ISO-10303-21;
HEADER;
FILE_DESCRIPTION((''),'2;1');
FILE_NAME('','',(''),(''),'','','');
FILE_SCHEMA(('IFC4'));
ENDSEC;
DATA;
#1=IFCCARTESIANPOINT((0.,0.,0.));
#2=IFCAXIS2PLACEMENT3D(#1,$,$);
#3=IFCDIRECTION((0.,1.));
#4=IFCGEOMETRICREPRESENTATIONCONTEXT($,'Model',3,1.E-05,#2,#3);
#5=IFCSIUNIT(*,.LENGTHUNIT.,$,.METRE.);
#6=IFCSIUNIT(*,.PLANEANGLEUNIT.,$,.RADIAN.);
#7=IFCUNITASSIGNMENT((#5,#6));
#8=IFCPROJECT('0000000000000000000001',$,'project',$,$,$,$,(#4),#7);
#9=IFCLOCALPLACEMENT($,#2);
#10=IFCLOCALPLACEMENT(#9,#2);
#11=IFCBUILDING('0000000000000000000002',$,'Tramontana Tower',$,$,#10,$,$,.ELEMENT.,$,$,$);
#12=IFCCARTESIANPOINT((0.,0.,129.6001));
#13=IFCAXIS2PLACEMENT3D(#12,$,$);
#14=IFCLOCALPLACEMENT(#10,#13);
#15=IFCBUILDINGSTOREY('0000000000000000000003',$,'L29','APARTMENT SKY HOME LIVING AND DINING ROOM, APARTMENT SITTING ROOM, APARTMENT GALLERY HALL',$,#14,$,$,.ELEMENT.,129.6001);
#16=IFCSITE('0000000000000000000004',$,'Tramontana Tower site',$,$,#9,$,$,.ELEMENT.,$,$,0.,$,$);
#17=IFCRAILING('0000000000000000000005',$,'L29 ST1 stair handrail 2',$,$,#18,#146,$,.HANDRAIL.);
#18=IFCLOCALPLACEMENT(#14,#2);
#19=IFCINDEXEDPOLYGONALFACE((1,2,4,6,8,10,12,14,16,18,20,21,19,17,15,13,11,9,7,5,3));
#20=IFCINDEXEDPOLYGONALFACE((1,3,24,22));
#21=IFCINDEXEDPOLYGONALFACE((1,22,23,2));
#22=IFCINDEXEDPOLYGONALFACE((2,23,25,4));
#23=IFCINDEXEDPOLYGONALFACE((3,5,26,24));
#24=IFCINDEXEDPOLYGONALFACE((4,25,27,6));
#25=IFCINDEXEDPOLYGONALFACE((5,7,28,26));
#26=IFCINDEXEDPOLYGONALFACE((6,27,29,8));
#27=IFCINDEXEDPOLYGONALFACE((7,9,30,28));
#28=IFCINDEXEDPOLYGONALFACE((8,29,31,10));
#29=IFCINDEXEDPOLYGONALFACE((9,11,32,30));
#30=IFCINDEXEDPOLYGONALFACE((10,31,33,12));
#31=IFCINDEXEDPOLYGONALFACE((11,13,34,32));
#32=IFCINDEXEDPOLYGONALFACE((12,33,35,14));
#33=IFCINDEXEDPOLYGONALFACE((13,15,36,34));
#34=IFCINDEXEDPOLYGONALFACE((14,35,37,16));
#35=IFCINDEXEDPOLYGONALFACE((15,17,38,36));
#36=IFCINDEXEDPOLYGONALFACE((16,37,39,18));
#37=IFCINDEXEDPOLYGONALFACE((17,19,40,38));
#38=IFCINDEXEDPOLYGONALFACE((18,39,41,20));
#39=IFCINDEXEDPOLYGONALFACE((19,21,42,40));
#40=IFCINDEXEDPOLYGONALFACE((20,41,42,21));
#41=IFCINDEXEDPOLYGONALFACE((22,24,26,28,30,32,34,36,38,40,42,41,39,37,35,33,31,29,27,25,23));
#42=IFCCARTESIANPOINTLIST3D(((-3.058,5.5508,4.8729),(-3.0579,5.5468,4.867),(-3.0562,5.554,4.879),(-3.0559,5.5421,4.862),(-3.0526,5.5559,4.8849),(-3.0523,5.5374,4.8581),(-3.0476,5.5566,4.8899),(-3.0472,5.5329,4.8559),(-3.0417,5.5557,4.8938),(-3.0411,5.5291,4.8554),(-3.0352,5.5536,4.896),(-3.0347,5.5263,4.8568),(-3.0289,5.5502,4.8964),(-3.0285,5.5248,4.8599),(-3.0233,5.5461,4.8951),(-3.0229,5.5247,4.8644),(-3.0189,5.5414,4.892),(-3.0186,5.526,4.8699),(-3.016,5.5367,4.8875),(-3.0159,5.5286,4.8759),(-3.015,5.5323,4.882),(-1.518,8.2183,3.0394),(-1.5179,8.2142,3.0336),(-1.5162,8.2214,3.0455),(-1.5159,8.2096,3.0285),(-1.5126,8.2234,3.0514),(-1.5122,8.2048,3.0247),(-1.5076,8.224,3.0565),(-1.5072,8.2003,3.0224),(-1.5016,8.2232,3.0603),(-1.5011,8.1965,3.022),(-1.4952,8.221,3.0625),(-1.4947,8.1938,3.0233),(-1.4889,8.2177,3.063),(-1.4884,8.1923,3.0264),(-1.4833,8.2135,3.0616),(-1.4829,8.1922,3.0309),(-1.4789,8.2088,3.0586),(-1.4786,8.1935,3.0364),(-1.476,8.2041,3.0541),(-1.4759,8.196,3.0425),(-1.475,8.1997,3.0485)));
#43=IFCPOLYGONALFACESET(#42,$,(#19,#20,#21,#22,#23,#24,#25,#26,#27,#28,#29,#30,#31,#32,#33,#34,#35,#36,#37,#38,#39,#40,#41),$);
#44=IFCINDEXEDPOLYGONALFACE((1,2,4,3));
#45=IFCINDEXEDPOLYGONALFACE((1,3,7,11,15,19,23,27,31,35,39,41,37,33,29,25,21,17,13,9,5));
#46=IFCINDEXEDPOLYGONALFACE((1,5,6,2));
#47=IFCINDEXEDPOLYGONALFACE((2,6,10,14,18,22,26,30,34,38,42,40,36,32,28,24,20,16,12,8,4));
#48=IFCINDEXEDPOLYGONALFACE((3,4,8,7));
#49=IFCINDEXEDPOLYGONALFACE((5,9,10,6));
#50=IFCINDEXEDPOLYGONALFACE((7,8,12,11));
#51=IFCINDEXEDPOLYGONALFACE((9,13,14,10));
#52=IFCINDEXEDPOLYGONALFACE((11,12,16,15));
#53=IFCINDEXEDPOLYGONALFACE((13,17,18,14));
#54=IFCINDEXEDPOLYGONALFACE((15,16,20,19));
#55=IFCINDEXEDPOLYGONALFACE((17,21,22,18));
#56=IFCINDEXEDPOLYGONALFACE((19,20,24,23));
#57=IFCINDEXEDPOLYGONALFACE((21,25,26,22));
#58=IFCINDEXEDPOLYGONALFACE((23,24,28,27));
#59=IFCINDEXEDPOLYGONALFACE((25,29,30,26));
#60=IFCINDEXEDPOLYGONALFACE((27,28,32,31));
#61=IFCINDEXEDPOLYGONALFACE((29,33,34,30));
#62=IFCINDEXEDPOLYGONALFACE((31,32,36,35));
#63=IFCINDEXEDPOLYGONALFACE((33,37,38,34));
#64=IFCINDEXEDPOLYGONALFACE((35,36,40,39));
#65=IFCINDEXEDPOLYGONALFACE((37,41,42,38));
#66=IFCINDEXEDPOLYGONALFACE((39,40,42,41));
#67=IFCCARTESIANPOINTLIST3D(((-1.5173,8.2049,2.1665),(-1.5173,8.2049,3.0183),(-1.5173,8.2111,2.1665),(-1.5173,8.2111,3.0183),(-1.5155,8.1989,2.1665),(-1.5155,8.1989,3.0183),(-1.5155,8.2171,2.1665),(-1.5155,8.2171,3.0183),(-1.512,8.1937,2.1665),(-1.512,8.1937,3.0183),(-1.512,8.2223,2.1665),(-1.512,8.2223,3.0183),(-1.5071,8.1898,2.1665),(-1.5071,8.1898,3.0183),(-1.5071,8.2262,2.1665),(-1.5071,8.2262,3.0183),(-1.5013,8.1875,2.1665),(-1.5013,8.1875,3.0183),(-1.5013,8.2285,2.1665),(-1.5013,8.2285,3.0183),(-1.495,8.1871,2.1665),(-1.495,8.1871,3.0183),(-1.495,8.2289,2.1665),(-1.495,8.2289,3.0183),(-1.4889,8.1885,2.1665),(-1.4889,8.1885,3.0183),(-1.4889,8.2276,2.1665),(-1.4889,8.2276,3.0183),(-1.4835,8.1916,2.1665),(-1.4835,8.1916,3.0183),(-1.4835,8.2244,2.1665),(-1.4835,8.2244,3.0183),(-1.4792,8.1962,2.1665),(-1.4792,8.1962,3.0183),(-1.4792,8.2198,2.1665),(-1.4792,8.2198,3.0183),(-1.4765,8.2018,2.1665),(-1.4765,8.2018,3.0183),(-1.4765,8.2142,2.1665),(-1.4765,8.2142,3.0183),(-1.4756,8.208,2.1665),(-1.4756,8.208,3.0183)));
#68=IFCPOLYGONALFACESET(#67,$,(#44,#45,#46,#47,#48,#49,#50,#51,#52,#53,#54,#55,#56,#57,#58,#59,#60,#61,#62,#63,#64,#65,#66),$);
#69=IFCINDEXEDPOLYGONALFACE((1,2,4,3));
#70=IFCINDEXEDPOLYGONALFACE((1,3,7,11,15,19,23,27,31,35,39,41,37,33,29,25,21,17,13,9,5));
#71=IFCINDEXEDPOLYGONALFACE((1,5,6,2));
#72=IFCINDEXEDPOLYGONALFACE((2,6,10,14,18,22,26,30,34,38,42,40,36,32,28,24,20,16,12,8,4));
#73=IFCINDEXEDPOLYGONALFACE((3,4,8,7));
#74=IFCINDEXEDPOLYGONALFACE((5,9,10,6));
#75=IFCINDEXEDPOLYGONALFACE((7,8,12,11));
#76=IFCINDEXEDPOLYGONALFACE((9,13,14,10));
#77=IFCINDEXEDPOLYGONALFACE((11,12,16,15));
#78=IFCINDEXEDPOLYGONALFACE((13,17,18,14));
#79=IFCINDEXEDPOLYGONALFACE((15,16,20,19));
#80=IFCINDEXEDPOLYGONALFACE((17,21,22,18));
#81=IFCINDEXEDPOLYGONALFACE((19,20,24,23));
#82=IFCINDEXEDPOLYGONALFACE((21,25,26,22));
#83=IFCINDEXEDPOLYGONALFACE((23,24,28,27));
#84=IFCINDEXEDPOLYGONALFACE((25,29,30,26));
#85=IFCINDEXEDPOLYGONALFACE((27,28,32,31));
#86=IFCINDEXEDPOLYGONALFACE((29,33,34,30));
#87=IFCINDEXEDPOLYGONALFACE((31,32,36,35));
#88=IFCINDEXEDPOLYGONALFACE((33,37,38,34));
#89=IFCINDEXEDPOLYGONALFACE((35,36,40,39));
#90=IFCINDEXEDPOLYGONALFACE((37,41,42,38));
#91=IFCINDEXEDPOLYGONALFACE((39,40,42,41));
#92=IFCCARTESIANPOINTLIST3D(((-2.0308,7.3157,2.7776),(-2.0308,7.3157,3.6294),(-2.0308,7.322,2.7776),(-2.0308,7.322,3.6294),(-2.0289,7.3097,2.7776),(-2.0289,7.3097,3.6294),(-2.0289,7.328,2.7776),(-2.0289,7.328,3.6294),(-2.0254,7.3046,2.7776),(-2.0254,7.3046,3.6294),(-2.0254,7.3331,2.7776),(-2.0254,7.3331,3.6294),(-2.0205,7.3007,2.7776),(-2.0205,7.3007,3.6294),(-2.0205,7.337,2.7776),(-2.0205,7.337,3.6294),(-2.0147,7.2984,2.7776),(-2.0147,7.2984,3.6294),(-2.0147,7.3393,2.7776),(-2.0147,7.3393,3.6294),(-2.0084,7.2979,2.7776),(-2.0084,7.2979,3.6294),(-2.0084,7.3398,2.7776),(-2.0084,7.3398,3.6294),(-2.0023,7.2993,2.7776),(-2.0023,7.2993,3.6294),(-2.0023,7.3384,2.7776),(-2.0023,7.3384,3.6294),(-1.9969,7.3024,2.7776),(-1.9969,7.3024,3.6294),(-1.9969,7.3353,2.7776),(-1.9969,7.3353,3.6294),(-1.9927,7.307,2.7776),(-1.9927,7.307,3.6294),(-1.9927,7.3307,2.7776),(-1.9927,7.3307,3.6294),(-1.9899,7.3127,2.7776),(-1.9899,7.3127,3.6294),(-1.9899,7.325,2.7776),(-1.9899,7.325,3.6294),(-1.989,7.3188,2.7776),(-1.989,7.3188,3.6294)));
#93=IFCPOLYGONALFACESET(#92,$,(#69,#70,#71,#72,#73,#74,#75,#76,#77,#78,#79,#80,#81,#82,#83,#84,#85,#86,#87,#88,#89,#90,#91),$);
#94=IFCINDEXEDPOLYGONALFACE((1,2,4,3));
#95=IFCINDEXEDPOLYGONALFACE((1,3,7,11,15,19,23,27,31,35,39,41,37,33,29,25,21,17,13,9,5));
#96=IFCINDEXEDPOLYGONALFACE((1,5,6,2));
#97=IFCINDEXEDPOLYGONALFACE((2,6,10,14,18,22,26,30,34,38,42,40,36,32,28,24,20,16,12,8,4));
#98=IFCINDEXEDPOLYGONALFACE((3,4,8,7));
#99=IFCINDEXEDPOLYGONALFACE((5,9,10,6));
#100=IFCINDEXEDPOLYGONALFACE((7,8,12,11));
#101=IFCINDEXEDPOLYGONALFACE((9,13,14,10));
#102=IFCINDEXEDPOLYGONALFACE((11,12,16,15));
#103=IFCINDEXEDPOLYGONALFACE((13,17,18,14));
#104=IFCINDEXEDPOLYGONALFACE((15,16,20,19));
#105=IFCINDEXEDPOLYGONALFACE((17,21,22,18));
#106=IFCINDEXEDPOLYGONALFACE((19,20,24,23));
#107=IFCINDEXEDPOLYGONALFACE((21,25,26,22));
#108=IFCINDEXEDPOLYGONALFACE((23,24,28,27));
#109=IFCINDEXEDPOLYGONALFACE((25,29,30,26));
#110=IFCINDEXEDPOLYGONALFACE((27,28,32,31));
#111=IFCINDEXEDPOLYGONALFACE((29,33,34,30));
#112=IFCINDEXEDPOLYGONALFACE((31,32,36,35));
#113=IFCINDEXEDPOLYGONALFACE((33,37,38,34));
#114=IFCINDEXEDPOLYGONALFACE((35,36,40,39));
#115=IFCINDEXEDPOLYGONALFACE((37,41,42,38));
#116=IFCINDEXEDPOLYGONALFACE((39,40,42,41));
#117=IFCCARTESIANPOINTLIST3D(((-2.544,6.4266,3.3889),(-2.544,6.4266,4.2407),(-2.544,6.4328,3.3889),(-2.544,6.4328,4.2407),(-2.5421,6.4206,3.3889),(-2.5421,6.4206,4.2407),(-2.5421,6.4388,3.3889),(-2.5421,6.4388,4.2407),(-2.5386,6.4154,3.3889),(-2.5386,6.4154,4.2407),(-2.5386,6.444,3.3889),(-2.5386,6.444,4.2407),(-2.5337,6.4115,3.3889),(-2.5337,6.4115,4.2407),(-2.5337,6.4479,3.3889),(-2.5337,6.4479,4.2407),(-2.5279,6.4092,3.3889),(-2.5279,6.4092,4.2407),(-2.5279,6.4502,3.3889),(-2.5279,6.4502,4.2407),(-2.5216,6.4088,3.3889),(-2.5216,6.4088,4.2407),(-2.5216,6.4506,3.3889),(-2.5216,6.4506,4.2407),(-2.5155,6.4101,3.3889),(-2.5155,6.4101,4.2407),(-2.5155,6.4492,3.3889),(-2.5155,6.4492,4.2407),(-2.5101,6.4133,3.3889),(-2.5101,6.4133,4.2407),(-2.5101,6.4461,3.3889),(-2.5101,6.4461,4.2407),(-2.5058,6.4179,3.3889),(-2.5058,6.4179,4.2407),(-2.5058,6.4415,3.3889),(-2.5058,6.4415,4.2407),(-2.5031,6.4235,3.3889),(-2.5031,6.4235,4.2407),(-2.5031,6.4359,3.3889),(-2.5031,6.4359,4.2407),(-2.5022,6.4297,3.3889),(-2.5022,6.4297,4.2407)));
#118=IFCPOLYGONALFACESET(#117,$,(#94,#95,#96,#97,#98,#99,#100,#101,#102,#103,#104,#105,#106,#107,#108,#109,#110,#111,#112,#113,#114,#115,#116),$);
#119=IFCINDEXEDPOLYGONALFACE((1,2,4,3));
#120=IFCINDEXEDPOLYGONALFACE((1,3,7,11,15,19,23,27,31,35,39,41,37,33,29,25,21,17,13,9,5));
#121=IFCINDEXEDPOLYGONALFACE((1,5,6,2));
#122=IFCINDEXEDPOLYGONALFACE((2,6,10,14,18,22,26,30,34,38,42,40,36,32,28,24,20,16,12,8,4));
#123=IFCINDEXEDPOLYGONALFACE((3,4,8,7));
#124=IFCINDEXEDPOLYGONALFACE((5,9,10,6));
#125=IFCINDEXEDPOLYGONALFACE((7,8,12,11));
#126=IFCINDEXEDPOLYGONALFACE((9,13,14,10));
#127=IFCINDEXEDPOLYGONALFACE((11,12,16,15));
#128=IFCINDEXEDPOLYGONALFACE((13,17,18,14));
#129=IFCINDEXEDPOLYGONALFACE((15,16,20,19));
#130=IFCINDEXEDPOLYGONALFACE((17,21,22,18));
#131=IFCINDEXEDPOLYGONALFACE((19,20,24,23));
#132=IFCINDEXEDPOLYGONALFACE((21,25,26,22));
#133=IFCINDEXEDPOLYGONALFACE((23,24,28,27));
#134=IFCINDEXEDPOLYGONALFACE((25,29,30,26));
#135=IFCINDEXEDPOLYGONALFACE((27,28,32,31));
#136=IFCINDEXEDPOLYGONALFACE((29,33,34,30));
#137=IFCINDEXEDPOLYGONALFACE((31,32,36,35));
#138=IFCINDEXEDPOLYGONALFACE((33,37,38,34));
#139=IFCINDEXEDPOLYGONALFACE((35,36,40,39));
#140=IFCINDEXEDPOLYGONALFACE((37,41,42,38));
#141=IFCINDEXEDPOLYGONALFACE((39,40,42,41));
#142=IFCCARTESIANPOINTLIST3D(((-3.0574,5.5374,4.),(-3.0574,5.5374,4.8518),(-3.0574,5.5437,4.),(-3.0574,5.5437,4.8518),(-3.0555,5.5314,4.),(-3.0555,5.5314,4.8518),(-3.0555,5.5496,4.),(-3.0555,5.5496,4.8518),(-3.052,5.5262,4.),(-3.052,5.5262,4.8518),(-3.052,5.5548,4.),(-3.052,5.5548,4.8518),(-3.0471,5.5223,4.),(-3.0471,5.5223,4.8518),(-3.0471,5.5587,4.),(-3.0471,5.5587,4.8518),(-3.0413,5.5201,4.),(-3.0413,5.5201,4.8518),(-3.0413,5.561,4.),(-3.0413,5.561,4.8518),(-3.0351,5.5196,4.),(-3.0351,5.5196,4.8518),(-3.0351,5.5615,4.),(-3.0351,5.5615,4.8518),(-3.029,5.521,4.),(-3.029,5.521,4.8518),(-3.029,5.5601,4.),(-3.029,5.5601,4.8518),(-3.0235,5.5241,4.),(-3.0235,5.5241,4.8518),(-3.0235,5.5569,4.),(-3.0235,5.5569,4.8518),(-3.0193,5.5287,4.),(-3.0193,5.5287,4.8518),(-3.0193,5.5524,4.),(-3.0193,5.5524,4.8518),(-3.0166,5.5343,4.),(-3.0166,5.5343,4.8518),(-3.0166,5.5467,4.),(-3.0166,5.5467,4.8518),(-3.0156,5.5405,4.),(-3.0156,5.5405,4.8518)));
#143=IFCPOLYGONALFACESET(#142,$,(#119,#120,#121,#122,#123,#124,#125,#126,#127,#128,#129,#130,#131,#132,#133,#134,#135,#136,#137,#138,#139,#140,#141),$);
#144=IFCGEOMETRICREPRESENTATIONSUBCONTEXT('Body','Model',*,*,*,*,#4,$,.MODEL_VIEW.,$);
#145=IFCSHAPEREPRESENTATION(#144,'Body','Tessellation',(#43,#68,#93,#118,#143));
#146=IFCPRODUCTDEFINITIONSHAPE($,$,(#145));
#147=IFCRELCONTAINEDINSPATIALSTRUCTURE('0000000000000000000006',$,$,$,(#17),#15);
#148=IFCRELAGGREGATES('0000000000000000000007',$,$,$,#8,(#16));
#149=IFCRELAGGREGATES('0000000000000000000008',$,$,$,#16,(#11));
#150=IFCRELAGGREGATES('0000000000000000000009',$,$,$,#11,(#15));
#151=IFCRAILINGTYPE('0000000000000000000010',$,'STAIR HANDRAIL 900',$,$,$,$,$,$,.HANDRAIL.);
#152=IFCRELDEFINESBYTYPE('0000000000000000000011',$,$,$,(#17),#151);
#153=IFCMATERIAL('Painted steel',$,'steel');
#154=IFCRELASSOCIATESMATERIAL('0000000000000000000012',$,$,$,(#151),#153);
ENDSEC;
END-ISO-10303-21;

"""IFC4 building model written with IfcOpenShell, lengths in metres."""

from ifc_helpers import new_model, si_unit, direction, frame, origin, origin_2d, place, context, subcontext, project, spatial, circle, extrude, material, type_object, element, save


model = new_model("IFC4")

# Units and contexts
model_context = context("Model", 3, precision=1e-05, world=origin(), true_north=direction((0.0, 1.0)))
body_context = subcontext(model_context, "Body", "Model", "MODEL_VIEW")
ifc_project = project(units=[si_unit("LENGTHUNIT", "METRE"), si_unit("PLANEANGLEUNIT", "RADIAN")], contexts=[model_context])

# Site, building, storey
site_placement = place(None, origin())
site = spatial("IfcSite", under=ifc_project, at=site_placement, Name="Tramontana Tower site", CompositionType="ELEMENT", RefElevation=0.0)
building_placement = place(site_placement, origin())
building = spatial("IfcBuilding", under=site, at=building_placement, Name="Tramontana Tower", CompositionType="ELEMENT")
storey_placement = place(building_placement, frame((0.0, 0.0, 129.6001)))
storey = spatial("IfcBuildingStorey", under=building, at=storey_placement, Name="L29", Description="APARTMENT SKY HOME LIVING AND DINING ROOM, APARTMENT SITTING ROOM, APARTMENT GALLERY HALL", CompositionType="ELEMENT", Elevation=129.6001)

# Railing
ifc_material_1 = material(Name="Painted steel", Category="steel")
railing_type_1 = type_object("IfcRailingType", Name="STAIR HANDRAIL 900", PredefinedType="HANDRAIL", material=ifc_material_1)
railing_1_placement = place(storey_placement, frame((-1.4966, 8.208, 2.1665)))
element("IfcRailing", 1, at=railing_1_placement, inside=storey, type_object=railing_type_1, Name="L29 ST1 stair handrail 2", PredefinedType="HANDRAIL", context=body_context, shape_type="SweptSolid", body=[
    extrude(circle(Radius=0.0239, at=origin_2d()), frame((0.0, 0.0, 0.876), z_axis=(-0.429634, -0.744164, 0.511502), x_axis=(0.86603, -0.499992, 0.0)), (0.0, 0.0, 1.0), 3.5845),
    extrude(circle(Radius=0.021, at=origin_2d()), origin(), (0.0, 0.0, 1.0), 0.8518),
    extrude(circle(Radius=0.021, at=origin_2d()), frame((-0.5134, -0.8892, 0.6111)), (0.0, 0.0, 1.0), 0.8518),
    extrude(circle(Radius=0.021, at=origin_2d()), frame((-1.0266, -1.7783, 1.2224)), (0.0, 0.0, 1.0), 0.8518),
    extrude(circle(Radius=0.021, at=origin_2d()), frame((-1.54, -2.6675, 1.8335)), (0.0, 0.0, 1.0), 0.8518),
])

save(model, "model.ifc")
